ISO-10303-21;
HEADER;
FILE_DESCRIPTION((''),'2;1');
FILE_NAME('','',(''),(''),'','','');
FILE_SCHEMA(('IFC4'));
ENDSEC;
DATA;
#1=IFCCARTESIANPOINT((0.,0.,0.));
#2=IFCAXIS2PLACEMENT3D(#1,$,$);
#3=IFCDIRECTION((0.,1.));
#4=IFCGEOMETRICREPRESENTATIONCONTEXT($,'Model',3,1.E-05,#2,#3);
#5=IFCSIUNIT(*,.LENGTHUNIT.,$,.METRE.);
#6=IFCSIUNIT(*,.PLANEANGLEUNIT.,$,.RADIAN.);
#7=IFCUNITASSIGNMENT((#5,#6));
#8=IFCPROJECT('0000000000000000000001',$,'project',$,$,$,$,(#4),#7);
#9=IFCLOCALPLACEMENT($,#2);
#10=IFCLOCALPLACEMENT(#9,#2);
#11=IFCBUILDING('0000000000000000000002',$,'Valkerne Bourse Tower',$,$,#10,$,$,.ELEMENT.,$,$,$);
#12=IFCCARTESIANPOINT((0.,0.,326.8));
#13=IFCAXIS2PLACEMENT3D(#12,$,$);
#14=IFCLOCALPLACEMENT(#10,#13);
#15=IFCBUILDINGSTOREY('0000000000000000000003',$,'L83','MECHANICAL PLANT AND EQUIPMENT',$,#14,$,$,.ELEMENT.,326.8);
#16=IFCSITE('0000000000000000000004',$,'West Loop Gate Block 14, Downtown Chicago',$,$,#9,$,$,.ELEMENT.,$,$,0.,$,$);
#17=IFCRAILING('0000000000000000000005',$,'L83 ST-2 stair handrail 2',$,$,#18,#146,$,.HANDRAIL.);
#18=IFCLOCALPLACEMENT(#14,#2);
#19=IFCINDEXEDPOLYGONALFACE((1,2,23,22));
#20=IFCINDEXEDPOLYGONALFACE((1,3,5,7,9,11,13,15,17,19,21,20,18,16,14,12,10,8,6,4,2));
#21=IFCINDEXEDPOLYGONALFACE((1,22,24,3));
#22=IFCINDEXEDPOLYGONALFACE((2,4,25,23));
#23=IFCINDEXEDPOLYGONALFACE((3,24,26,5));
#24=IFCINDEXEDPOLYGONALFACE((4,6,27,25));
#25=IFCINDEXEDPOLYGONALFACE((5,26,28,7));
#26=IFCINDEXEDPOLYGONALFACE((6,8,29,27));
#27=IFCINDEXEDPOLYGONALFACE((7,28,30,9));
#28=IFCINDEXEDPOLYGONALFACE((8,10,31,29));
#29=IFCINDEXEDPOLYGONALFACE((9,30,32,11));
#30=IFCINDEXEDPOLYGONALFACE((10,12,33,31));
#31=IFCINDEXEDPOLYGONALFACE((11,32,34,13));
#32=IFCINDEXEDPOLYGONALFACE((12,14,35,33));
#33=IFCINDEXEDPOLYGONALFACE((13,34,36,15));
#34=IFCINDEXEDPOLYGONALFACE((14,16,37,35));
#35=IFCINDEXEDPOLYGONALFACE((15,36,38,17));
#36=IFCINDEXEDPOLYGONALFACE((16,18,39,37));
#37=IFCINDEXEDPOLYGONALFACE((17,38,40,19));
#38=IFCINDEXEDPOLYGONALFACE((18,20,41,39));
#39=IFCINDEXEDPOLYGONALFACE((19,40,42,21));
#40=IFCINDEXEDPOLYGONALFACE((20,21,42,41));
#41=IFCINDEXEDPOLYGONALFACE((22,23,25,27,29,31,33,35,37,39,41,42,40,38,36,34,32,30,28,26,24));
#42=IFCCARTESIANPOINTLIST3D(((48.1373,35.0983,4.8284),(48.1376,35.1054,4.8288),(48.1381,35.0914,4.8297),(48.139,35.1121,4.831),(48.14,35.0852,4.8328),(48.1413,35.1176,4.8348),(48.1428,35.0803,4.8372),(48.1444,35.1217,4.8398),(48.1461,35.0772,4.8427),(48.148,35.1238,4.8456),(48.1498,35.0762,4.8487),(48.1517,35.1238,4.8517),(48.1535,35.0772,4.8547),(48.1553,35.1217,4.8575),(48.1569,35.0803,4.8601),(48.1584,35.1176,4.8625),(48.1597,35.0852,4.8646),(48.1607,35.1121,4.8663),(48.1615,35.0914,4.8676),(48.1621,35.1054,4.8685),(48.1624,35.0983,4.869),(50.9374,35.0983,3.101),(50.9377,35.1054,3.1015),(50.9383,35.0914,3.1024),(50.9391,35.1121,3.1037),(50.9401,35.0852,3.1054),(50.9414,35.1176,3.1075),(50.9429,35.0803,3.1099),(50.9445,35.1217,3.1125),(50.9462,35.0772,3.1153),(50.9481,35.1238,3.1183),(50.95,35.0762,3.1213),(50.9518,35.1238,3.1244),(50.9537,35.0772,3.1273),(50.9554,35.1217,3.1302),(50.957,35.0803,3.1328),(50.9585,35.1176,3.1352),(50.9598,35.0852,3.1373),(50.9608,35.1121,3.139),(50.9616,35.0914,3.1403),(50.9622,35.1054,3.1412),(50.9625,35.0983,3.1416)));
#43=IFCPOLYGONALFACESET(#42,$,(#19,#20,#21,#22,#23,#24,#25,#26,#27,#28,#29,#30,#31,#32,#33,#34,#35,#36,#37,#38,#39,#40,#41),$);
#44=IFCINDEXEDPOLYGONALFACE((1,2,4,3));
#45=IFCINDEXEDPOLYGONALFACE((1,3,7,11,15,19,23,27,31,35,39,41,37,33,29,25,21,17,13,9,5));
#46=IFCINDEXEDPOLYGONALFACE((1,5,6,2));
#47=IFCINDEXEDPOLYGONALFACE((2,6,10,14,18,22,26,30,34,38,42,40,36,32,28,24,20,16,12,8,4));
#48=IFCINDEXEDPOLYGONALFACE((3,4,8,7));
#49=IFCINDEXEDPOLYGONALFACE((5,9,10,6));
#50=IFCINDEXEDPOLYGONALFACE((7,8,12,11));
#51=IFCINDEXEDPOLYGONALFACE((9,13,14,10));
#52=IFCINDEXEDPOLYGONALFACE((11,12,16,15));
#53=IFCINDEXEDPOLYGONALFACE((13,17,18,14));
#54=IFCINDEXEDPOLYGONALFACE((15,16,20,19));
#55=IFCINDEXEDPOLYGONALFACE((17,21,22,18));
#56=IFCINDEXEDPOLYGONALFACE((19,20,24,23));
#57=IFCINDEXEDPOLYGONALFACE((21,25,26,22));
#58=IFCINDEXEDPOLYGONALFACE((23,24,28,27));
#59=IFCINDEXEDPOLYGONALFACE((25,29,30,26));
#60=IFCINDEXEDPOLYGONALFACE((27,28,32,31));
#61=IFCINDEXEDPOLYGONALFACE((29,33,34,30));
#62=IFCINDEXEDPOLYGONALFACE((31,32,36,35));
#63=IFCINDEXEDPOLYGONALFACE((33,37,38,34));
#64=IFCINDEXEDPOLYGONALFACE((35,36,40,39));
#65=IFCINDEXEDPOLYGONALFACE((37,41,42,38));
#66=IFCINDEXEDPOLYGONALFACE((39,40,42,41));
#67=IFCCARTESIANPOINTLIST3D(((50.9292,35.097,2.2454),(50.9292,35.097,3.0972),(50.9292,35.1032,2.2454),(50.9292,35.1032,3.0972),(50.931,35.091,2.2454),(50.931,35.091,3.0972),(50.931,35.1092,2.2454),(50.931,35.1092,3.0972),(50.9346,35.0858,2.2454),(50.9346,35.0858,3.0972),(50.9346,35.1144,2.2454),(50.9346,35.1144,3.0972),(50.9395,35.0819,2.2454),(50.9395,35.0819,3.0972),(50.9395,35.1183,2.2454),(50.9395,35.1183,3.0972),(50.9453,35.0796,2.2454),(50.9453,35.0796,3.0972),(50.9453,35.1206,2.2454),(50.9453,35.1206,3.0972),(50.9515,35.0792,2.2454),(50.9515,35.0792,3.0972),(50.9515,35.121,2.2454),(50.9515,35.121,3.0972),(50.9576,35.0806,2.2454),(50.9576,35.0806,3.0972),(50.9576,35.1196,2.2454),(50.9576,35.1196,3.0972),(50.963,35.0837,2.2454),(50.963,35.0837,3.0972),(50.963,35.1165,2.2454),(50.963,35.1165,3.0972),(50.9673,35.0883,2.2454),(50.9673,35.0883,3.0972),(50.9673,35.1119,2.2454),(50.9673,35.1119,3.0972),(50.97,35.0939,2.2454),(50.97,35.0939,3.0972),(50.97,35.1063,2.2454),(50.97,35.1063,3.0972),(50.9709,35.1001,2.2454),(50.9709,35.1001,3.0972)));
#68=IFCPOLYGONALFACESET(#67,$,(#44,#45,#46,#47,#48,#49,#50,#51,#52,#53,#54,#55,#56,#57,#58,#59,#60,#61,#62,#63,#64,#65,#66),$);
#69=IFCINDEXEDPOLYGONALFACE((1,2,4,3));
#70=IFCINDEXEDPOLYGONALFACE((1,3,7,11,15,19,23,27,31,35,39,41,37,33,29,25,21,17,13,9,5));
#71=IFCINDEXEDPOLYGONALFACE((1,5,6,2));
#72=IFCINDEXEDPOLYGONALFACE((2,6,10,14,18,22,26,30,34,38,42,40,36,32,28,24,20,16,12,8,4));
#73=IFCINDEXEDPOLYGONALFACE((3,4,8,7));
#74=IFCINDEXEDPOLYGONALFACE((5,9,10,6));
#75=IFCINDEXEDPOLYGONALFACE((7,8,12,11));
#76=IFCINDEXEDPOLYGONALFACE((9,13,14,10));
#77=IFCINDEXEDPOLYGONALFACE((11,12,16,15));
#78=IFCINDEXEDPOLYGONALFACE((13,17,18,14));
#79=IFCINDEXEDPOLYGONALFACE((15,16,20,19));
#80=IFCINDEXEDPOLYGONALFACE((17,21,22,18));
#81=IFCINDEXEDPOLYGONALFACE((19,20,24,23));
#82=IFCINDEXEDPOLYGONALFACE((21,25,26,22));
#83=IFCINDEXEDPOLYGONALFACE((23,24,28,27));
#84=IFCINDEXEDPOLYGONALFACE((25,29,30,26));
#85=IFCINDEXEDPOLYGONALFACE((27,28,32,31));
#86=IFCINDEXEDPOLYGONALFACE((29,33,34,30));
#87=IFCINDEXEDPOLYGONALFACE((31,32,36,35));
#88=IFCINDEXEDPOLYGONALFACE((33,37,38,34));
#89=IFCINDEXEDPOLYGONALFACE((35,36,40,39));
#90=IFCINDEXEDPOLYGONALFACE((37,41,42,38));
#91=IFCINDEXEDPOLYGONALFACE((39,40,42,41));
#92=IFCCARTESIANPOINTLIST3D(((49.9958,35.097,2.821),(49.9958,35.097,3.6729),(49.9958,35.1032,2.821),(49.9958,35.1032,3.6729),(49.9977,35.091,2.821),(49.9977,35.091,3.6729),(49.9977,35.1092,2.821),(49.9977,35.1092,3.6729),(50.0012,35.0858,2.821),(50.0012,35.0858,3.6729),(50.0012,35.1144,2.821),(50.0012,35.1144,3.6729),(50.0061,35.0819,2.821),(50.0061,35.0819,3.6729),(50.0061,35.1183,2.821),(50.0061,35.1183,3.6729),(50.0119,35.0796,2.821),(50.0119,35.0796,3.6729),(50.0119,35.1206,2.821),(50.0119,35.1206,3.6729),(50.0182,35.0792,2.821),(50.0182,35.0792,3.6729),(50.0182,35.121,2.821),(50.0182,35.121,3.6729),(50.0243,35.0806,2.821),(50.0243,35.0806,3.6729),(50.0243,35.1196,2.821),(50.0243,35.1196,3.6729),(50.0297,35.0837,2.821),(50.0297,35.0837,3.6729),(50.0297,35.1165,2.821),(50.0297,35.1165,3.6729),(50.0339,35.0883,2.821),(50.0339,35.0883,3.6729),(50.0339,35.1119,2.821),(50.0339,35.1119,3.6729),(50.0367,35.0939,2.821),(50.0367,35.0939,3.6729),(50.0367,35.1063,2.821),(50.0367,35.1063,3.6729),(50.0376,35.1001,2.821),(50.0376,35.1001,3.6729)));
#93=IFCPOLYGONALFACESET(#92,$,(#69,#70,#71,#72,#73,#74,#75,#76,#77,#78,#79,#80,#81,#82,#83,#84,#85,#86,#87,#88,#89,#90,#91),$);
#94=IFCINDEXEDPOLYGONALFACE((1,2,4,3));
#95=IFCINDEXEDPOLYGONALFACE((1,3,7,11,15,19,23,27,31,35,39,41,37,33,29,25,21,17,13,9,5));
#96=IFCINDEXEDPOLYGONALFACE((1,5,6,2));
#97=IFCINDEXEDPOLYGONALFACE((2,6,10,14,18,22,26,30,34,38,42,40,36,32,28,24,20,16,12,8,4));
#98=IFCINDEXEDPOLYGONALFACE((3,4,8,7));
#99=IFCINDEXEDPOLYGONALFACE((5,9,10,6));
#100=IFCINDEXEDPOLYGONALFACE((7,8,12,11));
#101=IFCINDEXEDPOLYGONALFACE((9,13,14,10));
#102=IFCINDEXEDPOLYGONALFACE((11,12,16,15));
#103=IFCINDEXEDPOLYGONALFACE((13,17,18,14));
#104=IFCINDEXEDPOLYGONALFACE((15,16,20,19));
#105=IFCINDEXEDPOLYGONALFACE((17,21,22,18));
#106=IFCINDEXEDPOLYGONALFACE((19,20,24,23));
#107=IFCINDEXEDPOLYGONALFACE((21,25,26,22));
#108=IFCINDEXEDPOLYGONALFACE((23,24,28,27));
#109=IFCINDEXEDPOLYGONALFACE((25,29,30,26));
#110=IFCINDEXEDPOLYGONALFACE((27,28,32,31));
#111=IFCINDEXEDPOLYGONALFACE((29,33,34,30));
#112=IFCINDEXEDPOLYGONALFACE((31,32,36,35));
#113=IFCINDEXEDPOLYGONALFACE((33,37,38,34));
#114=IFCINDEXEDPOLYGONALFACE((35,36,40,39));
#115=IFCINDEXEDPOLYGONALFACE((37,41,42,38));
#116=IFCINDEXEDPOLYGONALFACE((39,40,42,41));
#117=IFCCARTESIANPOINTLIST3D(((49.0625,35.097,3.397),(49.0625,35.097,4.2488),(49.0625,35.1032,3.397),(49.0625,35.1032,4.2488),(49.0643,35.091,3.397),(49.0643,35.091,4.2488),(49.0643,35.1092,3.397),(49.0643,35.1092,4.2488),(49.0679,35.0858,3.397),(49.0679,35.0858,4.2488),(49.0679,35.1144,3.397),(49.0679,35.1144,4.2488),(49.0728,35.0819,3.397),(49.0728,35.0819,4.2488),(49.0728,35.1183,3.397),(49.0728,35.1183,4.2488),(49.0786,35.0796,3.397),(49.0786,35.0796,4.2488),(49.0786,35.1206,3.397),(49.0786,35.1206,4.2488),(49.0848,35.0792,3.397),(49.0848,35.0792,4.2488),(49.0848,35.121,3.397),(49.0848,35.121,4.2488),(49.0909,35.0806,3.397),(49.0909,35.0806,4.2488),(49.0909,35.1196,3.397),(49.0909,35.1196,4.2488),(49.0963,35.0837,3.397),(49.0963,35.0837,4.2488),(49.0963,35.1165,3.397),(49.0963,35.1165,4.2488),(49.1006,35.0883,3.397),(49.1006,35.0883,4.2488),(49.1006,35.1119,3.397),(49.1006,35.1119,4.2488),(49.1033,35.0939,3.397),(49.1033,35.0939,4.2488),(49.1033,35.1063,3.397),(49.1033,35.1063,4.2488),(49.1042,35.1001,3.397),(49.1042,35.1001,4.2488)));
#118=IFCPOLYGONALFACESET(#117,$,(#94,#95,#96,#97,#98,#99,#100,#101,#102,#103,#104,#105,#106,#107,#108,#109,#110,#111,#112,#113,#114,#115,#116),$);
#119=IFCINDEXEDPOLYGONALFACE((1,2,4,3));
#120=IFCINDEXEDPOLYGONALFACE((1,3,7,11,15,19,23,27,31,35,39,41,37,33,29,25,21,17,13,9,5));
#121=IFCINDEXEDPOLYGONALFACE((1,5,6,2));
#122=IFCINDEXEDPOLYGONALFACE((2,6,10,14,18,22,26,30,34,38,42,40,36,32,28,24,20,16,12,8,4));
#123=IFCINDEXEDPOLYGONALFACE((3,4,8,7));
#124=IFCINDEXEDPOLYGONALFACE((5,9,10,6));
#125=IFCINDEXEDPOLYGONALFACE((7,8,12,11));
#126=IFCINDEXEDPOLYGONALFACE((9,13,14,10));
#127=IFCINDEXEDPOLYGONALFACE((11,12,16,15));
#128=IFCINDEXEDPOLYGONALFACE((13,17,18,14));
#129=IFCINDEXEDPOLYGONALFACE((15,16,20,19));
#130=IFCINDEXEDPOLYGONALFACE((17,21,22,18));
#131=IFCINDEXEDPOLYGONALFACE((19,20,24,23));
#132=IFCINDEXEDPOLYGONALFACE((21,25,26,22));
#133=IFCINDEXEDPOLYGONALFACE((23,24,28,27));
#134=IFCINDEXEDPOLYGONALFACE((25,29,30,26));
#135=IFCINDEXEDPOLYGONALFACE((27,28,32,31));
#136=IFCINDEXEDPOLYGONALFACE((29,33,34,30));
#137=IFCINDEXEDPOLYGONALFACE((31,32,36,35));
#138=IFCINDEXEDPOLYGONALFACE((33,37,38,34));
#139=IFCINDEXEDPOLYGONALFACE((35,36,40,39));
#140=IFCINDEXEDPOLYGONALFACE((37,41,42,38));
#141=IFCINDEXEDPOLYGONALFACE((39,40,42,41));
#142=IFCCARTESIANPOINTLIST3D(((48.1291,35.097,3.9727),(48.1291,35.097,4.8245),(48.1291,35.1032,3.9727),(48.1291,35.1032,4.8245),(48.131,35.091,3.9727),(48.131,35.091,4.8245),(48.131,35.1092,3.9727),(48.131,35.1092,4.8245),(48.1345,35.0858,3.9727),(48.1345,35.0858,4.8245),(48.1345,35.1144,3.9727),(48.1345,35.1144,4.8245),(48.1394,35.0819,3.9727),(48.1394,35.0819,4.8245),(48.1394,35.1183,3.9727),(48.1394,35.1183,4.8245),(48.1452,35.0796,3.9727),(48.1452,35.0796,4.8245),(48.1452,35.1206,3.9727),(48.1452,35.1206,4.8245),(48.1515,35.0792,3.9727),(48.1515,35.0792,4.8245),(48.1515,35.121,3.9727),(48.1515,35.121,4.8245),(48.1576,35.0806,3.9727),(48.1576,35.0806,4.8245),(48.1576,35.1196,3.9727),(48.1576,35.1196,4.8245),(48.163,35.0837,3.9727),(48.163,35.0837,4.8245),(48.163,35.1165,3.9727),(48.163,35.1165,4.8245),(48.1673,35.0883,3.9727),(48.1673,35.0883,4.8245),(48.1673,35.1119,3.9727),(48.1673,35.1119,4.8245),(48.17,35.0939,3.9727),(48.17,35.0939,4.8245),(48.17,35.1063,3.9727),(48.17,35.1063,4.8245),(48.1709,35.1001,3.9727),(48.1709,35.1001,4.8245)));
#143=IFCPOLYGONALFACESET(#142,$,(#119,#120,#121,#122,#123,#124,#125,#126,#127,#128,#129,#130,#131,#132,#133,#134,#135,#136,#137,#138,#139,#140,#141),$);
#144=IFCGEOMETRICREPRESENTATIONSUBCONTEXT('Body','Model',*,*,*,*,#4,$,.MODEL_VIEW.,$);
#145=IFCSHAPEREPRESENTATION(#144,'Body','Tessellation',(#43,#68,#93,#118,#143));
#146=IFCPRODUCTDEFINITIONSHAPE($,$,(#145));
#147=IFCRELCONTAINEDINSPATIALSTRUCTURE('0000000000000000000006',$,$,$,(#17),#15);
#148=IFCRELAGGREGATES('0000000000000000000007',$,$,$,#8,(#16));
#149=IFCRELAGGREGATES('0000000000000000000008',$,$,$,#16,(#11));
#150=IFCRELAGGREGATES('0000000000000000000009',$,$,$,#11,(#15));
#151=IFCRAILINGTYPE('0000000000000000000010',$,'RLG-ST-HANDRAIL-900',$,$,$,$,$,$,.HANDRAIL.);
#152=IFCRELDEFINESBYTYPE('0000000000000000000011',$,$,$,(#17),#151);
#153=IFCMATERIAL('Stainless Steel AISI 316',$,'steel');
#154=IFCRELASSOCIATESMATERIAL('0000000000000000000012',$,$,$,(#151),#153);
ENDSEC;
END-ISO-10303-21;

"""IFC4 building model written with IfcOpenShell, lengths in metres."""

from ifc_helpers import new_model, si_unit, direction, frame, origin, origin_2d, place, context, subcontext, project, spatial, circle, extrude, material, type_object, element, save


model = new_model("IFC4")

# Units and contexts
model_context = context("Model", 3, precision=1e-05, world=origin(), true_north=direction((0.0, 1.0)))
body_context = subcontext(model_context, "Body", "Model", "MODEL_VIEW")
ifc_project = project(units=[si_unit("LENGTHUNIT", "METRE"), si_unit("PLANEANGLEUNIT", "RADIAN")], contexts=[model_context])

# Site, building, storey
site_placement = place(None, origin())
site = spatial("IfcSite", under=ifc_project, at=site_placement, Name="West Loop Gate Block 14, Downtown Chicago", CompositionType="ELEMENT", RefElevation=0.0)
building_placement = place(site_placement, origin())
building = spatial("IfcBuilding", under=site, at=building_placement, Name="Valkerne Bourse Tower", CompositionType="ELEMENT")
storey_placement = place(building_placement, frame((0.0, 0.0, 326.8)))
storey = spatial("IfcBuildingStorey", under=building, at=storey_placement, Name="L83", Description="MECHANICAL PLANT AND EQUIPMENT", CompositionType="ELEMENT", Elevation=326.8)

# Railing
ifc_material_1 = material(Name="Stainless Steel AISI 316", Category="steel")
railing_type_1 = type_object("IfcRailingType", Name="RLG-ST-HANDRAIL-900", PredefinedType="HANDRAIL", material=ifc_material_1)
railing_1_placement = place(storey_placement, frame((50.95, 35.1001, 2.2454)))
element("IfcRailing", 1, at=railing_1_placement, inside=storey, type_object=railing_type_1, Name="L83 ST-2 stair handrail 2", PredefinedType="HANDRAIL", context=body_context, shape_type="SweptSolid", body=[
    extrude(circle(Radius=0.0239, at=origin_2d()), frame((0.0, 0.0, 0.876), z_axis=(-0.85109, 0.0, 0.52502), x_axis=(0.0, -1.0, 0.0)), (0.0, 0.0, 1.0), 3.29),
    extrude(circle(Radius=0.021, at=origin_2d()), origin(), (0.0, 0.0, 1.0), 0.8518),
    extrude(circle(Radius=0.021, at=origin_2d()), frame((-0.9333, 0.0, 0.5757)), (0.0, 0.0, 1.0), 0.8518),
    extrude(circle(Radius=0.021, at=origin_2d()), frame((-1.8667, 0.0, 1.1516)), (0.0, 0.0, 1.0), 0.8518),
    extrude(circle(Radius=0.021, at=origin_2d()), frame((-2.8, 0.0, 1.7273)), (0.0, 0.0, 1.0), 0.8518),
])

save(model, "model.ifc")
